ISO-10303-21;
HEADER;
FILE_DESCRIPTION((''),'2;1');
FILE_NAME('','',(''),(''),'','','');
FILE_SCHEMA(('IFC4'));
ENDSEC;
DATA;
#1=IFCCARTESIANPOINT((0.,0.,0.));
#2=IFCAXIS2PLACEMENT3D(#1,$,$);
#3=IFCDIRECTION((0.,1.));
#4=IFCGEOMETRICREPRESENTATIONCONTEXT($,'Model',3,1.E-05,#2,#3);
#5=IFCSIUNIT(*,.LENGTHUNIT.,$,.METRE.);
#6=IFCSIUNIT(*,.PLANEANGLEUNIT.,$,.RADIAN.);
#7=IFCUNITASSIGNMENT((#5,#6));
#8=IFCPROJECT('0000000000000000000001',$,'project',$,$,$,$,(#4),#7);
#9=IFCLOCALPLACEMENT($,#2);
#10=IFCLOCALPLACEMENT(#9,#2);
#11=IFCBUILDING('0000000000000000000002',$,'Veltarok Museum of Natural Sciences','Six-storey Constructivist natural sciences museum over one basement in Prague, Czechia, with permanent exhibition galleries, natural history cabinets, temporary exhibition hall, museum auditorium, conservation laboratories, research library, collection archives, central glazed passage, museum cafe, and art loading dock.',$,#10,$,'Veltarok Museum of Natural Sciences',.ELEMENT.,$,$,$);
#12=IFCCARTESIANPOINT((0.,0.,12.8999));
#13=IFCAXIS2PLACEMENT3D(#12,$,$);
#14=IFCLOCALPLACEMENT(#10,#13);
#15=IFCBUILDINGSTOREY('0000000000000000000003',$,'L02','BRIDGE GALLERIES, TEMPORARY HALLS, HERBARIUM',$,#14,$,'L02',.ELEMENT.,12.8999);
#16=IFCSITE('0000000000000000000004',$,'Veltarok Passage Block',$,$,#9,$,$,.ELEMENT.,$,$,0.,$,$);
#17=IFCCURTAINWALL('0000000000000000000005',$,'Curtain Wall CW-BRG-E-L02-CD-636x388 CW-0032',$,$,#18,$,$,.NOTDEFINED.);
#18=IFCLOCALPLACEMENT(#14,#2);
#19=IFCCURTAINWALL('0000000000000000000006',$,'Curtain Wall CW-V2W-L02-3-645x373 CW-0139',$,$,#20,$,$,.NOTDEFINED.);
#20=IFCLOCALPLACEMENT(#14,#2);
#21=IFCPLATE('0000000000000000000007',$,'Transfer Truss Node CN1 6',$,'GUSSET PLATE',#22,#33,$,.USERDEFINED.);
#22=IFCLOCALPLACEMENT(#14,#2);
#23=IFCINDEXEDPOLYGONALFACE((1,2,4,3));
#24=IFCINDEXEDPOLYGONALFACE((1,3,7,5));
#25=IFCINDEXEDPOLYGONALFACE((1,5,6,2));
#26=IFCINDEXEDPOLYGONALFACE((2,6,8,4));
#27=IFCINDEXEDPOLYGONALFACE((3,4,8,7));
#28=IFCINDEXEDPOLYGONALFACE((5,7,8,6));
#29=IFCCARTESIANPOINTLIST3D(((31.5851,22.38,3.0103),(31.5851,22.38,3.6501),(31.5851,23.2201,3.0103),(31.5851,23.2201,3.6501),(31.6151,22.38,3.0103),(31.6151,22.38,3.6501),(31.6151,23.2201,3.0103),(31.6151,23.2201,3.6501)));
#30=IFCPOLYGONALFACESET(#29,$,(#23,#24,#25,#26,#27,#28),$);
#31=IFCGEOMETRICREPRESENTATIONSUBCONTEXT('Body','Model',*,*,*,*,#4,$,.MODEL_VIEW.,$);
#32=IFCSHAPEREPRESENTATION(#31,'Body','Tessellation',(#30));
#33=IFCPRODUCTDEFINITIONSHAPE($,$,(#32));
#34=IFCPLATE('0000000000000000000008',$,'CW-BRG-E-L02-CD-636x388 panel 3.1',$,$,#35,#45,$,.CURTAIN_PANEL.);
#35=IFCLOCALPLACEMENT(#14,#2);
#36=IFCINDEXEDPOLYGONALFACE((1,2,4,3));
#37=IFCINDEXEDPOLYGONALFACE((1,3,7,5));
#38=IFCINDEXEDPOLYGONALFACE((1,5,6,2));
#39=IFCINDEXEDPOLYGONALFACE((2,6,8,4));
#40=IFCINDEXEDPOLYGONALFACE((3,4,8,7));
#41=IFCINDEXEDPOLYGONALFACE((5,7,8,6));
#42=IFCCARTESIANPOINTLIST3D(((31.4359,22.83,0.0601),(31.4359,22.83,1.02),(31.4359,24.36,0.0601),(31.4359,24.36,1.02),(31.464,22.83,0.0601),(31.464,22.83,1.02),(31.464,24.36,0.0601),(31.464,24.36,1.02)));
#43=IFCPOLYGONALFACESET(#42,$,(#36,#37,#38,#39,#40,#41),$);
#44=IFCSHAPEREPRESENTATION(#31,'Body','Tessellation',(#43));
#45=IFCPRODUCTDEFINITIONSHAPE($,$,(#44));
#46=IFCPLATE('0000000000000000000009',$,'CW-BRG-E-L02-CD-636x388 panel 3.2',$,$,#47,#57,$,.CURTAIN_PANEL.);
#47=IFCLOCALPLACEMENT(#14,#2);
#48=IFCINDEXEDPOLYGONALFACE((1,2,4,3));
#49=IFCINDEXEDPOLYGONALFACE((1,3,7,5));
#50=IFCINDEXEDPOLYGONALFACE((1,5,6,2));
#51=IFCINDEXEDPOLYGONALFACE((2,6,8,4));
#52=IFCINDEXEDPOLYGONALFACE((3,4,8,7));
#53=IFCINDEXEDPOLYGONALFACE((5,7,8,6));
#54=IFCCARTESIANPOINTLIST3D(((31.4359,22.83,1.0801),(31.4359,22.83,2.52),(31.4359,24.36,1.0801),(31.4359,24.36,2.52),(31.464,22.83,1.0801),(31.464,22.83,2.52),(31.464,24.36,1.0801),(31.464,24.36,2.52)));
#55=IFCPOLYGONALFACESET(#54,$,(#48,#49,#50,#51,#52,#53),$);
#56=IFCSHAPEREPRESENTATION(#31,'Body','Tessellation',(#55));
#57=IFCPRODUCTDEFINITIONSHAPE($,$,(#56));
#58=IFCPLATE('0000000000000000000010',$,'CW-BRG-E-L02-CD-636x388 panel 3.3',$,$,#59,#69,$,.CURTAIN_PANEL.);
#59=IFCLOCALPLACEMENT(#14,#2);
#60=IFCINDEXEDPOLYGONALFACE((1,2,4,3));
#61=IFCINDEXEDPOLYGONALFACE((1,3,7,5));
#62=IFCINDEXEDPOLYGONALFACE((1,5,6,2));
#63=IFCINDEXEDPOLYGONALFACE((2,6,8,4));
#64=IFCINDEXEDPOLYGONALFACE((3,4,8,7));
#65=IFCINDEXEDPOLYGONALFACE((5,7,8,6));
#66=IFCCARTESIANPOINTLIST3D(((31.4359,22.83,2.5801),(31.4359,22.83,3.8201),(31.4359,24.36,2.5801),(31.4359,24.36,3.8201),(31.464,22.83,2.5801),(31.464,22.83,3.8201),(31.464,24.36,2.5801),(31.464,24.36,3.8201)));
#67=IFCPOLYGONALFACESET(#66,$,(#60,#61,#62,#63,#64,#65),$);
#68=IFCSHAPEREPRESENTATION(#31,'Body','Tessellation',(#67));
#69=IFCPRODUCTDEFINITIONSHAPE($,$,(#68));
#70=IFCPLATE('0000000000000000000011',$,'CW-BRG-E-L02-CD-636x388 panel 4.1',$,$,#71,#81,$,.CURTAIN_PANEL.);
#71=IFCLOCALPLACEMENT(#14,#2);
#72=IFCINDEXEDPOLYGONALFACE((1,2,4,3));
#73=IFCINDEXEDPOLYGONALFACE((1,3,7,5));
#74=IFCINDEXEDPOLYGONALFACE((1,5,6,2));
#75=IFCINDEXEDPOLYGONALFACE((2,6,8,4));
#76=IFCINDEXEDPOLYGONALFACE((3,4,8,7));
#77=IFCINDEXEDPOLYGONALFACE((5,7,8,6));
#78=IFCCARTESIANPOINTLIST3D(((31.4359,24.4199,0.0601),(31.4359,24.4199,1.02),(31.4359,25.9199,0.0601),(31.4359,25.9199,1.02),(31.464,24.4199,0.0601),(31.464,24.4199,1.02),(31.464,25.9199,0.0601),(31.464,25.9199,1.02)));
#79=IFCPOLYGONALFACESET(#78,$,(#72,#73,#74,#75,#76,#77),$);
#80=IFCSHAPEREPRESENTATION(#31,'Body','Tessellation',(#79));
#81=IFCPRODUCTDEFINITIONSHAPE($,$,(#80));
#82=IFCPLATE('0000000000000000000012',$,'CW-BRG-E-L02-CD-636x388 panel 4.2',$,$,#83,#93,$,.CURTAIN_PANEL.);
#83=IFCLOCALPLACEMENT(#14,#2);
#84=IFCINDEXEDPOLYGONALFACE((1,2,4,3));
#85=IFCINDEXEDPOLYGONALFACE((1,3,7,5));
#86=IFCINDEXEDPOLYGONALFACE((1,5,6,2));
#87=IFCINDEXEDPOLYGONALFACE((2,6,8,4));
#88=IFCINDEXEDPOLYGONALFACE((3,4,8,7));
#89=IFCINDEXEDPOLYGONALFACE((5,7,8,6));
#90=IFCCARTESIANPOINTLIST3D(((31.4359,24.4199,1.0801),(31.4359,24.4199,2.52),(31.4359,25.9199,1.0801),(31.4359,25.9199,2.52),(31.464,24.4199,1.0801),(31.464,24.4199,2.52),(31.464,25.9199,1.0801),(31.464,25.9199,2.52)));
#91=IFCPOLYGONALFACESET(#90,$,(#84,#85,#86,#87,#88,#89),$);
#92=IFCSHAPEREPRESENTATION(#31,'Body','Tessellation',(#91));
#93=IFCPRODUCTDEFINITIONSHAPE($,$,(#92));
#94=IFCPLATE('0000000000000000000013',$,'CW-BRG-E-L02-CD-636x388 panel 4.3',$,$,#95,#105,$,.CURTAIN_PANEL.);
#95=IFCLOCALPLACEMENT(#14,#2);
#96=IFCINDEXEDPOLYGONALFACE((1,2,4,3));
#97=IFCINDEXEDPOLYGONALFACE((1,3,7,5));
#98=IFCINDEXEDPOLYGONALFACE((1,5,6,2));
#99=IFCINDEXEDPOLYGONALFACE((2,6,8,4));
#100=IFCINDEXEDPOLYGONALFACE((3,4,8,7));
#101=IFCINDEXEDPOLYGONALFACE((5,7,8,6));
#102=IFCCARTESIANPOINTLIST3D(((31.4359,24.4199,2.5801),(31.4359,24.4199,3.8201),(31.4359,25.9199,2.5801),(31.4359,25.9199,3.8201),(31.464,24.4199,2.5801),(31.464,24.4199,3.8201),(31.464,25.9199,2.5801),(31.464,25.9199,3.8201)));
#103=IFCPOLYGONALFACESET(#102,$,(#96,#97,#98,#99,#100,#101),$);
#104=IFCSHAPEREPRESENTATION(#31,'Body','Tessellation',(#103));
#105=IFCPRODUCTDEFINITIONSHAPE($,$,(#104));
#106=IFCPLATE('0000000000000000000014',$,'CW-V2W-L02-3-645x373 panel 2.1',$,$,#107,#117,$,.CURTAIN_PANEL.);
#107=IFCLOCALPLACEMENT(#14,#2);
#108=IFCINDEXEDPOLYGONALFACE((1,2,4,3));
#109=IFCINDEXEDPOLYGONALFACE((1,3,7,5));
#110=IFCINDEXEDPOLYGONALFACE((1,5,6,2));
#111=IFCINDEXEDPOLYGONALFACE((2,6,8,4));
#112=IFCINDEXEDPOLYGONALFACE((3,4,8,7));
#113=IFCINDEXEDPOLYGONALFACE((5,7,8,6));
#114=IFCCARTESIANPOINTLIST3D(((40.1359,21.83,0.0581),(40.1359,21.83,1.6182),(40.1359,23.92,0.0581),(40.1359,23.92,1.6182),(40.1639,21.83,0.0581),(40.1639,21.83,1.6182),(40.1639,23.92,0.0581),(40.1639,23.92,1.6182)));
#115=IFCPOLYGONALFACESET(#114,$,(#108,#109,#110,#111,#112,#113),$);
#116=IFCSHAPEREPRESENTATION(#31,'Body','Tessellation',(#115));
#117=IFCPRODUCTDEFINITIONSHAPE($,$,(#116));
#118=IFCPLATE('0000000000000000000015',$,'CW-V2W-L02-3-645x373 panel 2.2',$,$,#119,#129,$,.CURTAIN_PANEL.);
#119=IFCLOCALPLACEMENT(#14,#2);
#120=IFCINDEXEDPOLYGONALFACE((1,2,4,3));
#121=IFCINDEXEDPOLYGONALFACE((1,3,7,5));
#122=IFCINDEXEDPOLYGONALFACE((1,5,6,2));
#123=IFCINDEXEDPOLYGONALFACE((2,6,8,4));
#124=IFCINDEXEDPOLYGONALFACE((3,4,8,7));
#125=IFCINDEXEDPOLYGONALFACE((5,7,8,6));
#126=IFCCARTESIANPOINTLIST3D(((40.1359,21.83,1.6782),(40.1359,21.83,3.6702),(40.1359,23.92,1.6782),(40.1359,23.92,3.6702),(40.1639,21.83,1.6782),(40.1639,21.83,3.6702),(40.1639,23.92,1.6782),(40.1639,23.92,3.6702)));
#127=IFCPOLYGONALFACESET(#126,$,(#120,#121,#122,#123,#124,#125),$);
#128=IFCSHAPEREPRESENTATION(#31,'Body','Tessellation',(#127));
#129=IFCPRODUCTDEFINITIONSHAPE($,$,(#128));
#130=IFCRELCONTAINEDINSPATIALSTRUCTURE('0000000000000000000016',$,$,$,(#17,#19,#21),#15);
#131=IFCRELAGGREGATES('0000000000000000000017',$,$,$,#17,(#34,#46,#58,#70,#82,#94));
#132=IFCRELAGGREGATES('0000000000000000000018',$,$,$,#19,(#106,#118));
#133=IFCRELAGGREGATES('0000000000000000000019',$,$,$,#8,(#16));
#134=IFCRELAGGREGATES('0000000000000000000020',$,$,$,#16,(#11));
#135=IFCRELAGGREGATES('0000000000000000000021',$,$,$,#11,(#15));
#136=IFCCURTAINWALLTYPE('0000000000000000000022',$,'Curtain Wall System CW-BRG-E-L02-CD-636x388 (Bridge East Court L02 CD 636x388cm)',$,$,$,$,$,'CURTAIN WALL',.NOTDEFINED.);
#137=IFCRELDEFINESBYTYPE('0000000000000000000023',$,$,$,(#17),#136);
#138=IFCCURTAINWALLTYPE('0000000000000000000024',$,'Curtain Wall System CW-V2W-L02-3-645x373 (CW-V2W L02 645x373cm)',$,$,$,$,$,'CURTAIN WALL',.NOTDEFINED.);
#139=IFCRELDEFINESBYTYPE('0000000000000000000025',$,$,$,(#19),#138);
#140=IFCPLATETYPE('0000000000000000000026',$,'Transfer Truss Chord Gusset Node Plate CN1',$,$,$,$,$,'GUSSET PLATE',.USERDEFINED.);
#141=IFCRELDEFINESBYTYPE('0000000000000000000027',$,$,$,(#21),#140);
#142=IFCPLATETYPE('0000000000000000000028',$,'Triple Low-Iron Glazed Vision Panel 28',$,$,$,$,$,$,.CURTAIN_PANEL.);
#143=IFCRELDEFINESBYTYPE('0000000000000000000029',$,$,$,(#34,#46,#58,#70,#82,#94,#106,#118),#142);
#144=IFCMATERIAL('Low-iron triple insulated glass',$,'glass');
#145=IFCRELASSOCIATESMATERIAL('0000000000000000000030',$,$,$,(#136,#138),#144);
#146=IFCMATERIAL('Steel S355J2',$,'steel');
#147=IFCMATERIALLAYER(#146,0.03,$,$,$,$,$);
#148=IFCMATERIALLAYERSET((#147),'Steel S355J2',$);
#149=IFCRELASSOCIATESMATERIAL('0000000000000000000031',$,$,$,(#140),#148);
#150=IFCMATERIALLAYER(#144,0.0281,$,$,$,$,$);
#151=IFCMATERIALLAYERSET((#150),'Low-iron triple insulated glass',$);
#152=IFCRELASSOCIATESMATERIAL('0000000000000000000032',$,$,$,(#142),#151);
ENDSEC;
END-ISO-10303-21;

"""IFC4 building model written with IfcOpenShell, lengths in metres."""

from ifc_helpers import new_model, si_unit, direction, frame, origin, origin_2d, place, context, subcontext, project, spatial, rectangle, extrude, material, layer, layer_set, type_object, element, aggregate, save


model = new_model("IFC4")

# Units and contexts
model_context = context("Model", 3, precision=1e-05, world=origin(), true_north=direction((0.0, 1.0)))
body_context = subcontext(model_context, "Body", "Model", "MODEL_VIEW")
ifc_project = project(units=[si_unit("LENGTHUNIT", "METRE"), si_unit("PLANEANGLEUNIT", "RADIAN")], contexts=[model_context])

# Site, building, storey
site_placement = place(None, origin())
site = spatial("IfcSite", under=ifc_project, at=site_placement, Name="Veltarok Passage Block", CompositionType="ELEMENT", RefElevation=0.0)
building_placement = place(site_placement, origin())
building = spatial("IfcBuilding", under=site, at=building_placement, Name="Veltarok Museum of Natural Sciences", Description="Six-storey Constructivist natural sciences museum over one basement in Prague, Czechia, with permanent exhibition galleries, natural history cabinets, temporary exhibition hall, museum auditorium, conservation laboratories, research library, collection archives, central glazed passage, museum cafe, and art loading dock.", LongName="Veltarok Museum of Natural Sciences", CompositionType="ELEMENT")
storey_placement = place(building_placement, frame((0.0, 0.0, 12.8999)))
storey = spatial("IfcBuildingStorey", under=building, at=storey_placement, Name="L02", Description="BRIDGE GALLERIES, TEMPORARY HALLS, HERBARIUM", LongName="L02", CompositionType="ELEMENT", Elevation=12.8999)

# Shared definitions
ifc_material_1 = material(Name="Steel S355J2", Category="steel")

# Curtain walls
ifc_material_2 = material(Name="Low-iron triple insulated glass", Category="glass")
curtain_wall_type_1 = type_object("IfcCurtainWallType", Name="Curtain Wall System CW-BRG-E-L02-CD-636x388 (Bridge East Court L02 CD 636x388cm)", ElementType="CURTAIN WALL", PredefinedType="NOTDEFINED", material=ifc_material_2)
curtain_wall_1_placement = place(storey_placement, origin())
curtain_wall_1 = element("IfcCurtainWall", 1, at=curtain_wall_1_placement, inside=storey, type_object=curtain_wall_type_1, Name="Curtain Wall CW-BRG-E-L02-CD-636x388 CW-0032", PredefinedType="NOTDEFINED")
curtain_wall_type_2 = type_object("IfcCurtainWallType", Name="Curtain Wall System CW-V2W-L02-3-645x373 (CW-V2W L02 645x373cm)", ElementType="CURTAIN WALL", PredefinedType="NOTDEFINED", material=ifc_material_2)
curtain_wall_2_placement = place(storey_placement, origin())
curtain_wall_2 = element("IfcCurtainWall", 2, at=curtain_wall_2_placement, inside=storey, type_object=curtain_wall_type_2, Name="Curtain Wall CW-V2W-L02-3-645x373 CW-0139", PredefinedType="NOTDEFINED")

# Plate
ifc_layer_1 = layer(ifc_material_1, 0.03)
ifc_layer_set_1 = layer_set([ifc_layer_1], Name="Steel S355J2")
plate_type_1 = type_object("IfcPlateType", Name="Transfer Truss Chord Gusset Node Plate CN1", ElementType="GUSSET PLATE", PredefinedType="USERDEFINED", material=ifc_layer_set_1)
plate_1_placement = place(storey_placement, frame((31.6001, 22.8, 3.0103), z_axis=(0.0, 0.0, 1.0), x_axis=(1.0, 0.0, 0.0)))
element("IfcPlate", 3, at=plate_1_placement, inside=storey, type_object=plate_type_1, Name="Transfer Truss Node CN1 6", ObjectType="GUSSET PLATE", PredefinedType="USERDEFINED", context=body_context, shape_type="SweptSolid", body=[
    extrude(rectangle(XDim=0.03, YDim=0.8401, at=origin_2d()), origin(), (0.0, 0.0, 1.0), 0.6399),
])

# Plates
ifc_layer_2 = layer(ifc_material_2, 0.0281)
ifc_layer_set_2 = layer_set([ifc_layer_2], Name="Low-iron triple insulated glass")
plate_type_2 = type_object("IfcPlateType", Name="Triple Low-Iron Glazed Vision Panel 28", PredefinedType="CURTAIN_PANEL", material=ifc_layer_set_2)
plate_2_placement = place(storey_placement, frame((31.45, 23.595, 0.0601), z_axis=(0.0, 0.0, 1.0), x_axis=(0.0, 1.0, 0.0)))
plate_2 = element("IfcPlate", 4, at=plate_2_placement, type_object=plate_type_2, Name="CW-BRG-E-L02-CD-636x388 panel 3.1", PredefinedType="CURTAIN_PANEL", context=body_context, shape_type="SweptSolid", body=[
    extrude(rectangle(XDim=1.53, YDim=0.0281, at=origin_2d()), origin(), (0.0, 0.0, 1.0), 0.96),
])
plate_3_placement = place(storey_placement, frame((31.45, 23.595, 1.0801), z_axis=(0.0, 0.0, 1.0), x_axis=(0.0, 1.0, 0.0)))
plate_3 = element("IfcPlate", 5, at=plate_3_placement, type_object=plate_type_2, Name="CW-BRG-E-L02-CD-636x388 panel 3.2", PredefinedType="CURTAIN_PANEL", context=body_context, shape_type="SweptSolid", body=[
    extrude(rectangle(XDim=1.53, YDim=0.0281, at=origin_2d()), origin(), (0.0, 0.0, 1.0), 1.4399),
])
plate_4_placement = place(storey_placement, frame((31.45, 23.595, 2.5801), z_axis=(0.0, 0.0, 1.0), x_axis=(0.0, 1.0, 0.0)))
plate_4 = element("IfcPlate", 6, at=plate_4_placement, type_object=plate_type_2, Name="CW-BRG-E-L02-CD-636x388 panel 3.3", PredefinedType="CURTAIN_PANEL", context=body_context, shape_type="SweptSolid", body=[
    extrude(rectangle(XDim=1.53, YDim=0.0281, at=origin_2d()), origin(), (0.0, 0.0, 1.0), 1.24),
])
plate_5_placement = place(storey_placement, frame((31.45, 25.1699, 0.0601), z_axis=(0.0, 0.0, 1.0), x_axis=(0.0, 1.0, 0.0)))
plate_5 = element("IfcPlate", 7, at=plate_5_placement, type_object=plate_type_2, Name="CW-BRG-E-L02-CD-636x388 panel 4.1", PredefinedType="CURTAIN_PANEL", context=body_context, shape_type="SweptSolid", body=[
    extrude(rectangle(XDim=1.5, YDim=0.0281, at=origin_2d()), origin(), (0.0, 0.0, 1.0), 0.96),
])
plate_6_placement = place(storey_placement, frame((31.45, 25.1699, 1.0801), z_axis=(0.0, 0.0, 1.0), x_axis=(0.0, 1.0, 0.0)))
plate_6 = element("IfcPlate", 8, at=plate_6_placement, type_object=plate_type_2, Name="CW-BRG-E-L02-CD-636x388 panel 4.2", PredefinedType="CURTAIN_PANEL", context=body_context, shape_type="SweptSolid", body=[
    extrude(rectangle(XDim=1.5, YDim=0.0281, at=origin_2d()), origin(), (0.0, 0.0, 1.0), 1.4399),
])
plate_7_placement = place(storey_placement, frame((31.45, 25.1699, 2.5801), z_axis=(0.0, 0.0, 1.0), x_axis=(0.0, 1.0, 0.0)))
plate_7 = element("IfcPlate", 9, at=plate_7_placement, type_object=plate_type_2, Name="CW-BRG-E-L02-CD-636x388 panel 4.3", PredefinedType="CURTAIN_PANEL", context=body_context, shape_type="SweptSolid", body=[
    extrude(rectangle(XDim=1.5, YDim=0.0281, at=origin_2d()), origin(), (0.0, 0.0, 1.0), 1.24),
])
aggregate(curtain_wall_1, [plate_2, plate_3, plate_4, plate_5, plate_6, plate_7])
plate_8_placement = place(storey_placement, frame((40.1499, 22.875, 0.0581), z_axis=(0.0, 0.0, 1.0), x_axis=(0.0, 1.0, 0.0)))
plate_8 = element("IfcPlate", 10, at=plate_8_placement, type_object=plate_type_2, Name="CW-V2W-L02-3-645x373 panel 2.1", PredefinedType="CURTAIN_PANEL", context=body_context, shape_type="SweptSolid", body=[
    extrude(rectangle(XDim=2.0901, YDim=0.0281, at=origin_2d()), origin(), (0.0, 0.0, 1.0), 1.5601),
])
plate_9_placement = place(storey_placement, frame((40.1499, 22.875, 1.6782), z_axis=(0.0, 0.0, 1.0), x_axis=(0.0, 1.0, 0.0)))
plate_9 = element("IfcPlate", 11, at=plate_9_placement, type_object=plate_type_2, Name="CW-V2W-L02-3-645x373 panel 2.2", PredefinedType="CURTAIN_PANEL", context=body_context, shape_type="SweptSolid", body=[
    extrude(rectangle(XDim=2.0901, YDim=0.0281, at=origin_2d()), origin(), (0.0, 0.0, 1.0), 1.9919),
])
aggregate(curtain_wall_2, [plate_8, plate_9])

save(model, "model.ifc")
